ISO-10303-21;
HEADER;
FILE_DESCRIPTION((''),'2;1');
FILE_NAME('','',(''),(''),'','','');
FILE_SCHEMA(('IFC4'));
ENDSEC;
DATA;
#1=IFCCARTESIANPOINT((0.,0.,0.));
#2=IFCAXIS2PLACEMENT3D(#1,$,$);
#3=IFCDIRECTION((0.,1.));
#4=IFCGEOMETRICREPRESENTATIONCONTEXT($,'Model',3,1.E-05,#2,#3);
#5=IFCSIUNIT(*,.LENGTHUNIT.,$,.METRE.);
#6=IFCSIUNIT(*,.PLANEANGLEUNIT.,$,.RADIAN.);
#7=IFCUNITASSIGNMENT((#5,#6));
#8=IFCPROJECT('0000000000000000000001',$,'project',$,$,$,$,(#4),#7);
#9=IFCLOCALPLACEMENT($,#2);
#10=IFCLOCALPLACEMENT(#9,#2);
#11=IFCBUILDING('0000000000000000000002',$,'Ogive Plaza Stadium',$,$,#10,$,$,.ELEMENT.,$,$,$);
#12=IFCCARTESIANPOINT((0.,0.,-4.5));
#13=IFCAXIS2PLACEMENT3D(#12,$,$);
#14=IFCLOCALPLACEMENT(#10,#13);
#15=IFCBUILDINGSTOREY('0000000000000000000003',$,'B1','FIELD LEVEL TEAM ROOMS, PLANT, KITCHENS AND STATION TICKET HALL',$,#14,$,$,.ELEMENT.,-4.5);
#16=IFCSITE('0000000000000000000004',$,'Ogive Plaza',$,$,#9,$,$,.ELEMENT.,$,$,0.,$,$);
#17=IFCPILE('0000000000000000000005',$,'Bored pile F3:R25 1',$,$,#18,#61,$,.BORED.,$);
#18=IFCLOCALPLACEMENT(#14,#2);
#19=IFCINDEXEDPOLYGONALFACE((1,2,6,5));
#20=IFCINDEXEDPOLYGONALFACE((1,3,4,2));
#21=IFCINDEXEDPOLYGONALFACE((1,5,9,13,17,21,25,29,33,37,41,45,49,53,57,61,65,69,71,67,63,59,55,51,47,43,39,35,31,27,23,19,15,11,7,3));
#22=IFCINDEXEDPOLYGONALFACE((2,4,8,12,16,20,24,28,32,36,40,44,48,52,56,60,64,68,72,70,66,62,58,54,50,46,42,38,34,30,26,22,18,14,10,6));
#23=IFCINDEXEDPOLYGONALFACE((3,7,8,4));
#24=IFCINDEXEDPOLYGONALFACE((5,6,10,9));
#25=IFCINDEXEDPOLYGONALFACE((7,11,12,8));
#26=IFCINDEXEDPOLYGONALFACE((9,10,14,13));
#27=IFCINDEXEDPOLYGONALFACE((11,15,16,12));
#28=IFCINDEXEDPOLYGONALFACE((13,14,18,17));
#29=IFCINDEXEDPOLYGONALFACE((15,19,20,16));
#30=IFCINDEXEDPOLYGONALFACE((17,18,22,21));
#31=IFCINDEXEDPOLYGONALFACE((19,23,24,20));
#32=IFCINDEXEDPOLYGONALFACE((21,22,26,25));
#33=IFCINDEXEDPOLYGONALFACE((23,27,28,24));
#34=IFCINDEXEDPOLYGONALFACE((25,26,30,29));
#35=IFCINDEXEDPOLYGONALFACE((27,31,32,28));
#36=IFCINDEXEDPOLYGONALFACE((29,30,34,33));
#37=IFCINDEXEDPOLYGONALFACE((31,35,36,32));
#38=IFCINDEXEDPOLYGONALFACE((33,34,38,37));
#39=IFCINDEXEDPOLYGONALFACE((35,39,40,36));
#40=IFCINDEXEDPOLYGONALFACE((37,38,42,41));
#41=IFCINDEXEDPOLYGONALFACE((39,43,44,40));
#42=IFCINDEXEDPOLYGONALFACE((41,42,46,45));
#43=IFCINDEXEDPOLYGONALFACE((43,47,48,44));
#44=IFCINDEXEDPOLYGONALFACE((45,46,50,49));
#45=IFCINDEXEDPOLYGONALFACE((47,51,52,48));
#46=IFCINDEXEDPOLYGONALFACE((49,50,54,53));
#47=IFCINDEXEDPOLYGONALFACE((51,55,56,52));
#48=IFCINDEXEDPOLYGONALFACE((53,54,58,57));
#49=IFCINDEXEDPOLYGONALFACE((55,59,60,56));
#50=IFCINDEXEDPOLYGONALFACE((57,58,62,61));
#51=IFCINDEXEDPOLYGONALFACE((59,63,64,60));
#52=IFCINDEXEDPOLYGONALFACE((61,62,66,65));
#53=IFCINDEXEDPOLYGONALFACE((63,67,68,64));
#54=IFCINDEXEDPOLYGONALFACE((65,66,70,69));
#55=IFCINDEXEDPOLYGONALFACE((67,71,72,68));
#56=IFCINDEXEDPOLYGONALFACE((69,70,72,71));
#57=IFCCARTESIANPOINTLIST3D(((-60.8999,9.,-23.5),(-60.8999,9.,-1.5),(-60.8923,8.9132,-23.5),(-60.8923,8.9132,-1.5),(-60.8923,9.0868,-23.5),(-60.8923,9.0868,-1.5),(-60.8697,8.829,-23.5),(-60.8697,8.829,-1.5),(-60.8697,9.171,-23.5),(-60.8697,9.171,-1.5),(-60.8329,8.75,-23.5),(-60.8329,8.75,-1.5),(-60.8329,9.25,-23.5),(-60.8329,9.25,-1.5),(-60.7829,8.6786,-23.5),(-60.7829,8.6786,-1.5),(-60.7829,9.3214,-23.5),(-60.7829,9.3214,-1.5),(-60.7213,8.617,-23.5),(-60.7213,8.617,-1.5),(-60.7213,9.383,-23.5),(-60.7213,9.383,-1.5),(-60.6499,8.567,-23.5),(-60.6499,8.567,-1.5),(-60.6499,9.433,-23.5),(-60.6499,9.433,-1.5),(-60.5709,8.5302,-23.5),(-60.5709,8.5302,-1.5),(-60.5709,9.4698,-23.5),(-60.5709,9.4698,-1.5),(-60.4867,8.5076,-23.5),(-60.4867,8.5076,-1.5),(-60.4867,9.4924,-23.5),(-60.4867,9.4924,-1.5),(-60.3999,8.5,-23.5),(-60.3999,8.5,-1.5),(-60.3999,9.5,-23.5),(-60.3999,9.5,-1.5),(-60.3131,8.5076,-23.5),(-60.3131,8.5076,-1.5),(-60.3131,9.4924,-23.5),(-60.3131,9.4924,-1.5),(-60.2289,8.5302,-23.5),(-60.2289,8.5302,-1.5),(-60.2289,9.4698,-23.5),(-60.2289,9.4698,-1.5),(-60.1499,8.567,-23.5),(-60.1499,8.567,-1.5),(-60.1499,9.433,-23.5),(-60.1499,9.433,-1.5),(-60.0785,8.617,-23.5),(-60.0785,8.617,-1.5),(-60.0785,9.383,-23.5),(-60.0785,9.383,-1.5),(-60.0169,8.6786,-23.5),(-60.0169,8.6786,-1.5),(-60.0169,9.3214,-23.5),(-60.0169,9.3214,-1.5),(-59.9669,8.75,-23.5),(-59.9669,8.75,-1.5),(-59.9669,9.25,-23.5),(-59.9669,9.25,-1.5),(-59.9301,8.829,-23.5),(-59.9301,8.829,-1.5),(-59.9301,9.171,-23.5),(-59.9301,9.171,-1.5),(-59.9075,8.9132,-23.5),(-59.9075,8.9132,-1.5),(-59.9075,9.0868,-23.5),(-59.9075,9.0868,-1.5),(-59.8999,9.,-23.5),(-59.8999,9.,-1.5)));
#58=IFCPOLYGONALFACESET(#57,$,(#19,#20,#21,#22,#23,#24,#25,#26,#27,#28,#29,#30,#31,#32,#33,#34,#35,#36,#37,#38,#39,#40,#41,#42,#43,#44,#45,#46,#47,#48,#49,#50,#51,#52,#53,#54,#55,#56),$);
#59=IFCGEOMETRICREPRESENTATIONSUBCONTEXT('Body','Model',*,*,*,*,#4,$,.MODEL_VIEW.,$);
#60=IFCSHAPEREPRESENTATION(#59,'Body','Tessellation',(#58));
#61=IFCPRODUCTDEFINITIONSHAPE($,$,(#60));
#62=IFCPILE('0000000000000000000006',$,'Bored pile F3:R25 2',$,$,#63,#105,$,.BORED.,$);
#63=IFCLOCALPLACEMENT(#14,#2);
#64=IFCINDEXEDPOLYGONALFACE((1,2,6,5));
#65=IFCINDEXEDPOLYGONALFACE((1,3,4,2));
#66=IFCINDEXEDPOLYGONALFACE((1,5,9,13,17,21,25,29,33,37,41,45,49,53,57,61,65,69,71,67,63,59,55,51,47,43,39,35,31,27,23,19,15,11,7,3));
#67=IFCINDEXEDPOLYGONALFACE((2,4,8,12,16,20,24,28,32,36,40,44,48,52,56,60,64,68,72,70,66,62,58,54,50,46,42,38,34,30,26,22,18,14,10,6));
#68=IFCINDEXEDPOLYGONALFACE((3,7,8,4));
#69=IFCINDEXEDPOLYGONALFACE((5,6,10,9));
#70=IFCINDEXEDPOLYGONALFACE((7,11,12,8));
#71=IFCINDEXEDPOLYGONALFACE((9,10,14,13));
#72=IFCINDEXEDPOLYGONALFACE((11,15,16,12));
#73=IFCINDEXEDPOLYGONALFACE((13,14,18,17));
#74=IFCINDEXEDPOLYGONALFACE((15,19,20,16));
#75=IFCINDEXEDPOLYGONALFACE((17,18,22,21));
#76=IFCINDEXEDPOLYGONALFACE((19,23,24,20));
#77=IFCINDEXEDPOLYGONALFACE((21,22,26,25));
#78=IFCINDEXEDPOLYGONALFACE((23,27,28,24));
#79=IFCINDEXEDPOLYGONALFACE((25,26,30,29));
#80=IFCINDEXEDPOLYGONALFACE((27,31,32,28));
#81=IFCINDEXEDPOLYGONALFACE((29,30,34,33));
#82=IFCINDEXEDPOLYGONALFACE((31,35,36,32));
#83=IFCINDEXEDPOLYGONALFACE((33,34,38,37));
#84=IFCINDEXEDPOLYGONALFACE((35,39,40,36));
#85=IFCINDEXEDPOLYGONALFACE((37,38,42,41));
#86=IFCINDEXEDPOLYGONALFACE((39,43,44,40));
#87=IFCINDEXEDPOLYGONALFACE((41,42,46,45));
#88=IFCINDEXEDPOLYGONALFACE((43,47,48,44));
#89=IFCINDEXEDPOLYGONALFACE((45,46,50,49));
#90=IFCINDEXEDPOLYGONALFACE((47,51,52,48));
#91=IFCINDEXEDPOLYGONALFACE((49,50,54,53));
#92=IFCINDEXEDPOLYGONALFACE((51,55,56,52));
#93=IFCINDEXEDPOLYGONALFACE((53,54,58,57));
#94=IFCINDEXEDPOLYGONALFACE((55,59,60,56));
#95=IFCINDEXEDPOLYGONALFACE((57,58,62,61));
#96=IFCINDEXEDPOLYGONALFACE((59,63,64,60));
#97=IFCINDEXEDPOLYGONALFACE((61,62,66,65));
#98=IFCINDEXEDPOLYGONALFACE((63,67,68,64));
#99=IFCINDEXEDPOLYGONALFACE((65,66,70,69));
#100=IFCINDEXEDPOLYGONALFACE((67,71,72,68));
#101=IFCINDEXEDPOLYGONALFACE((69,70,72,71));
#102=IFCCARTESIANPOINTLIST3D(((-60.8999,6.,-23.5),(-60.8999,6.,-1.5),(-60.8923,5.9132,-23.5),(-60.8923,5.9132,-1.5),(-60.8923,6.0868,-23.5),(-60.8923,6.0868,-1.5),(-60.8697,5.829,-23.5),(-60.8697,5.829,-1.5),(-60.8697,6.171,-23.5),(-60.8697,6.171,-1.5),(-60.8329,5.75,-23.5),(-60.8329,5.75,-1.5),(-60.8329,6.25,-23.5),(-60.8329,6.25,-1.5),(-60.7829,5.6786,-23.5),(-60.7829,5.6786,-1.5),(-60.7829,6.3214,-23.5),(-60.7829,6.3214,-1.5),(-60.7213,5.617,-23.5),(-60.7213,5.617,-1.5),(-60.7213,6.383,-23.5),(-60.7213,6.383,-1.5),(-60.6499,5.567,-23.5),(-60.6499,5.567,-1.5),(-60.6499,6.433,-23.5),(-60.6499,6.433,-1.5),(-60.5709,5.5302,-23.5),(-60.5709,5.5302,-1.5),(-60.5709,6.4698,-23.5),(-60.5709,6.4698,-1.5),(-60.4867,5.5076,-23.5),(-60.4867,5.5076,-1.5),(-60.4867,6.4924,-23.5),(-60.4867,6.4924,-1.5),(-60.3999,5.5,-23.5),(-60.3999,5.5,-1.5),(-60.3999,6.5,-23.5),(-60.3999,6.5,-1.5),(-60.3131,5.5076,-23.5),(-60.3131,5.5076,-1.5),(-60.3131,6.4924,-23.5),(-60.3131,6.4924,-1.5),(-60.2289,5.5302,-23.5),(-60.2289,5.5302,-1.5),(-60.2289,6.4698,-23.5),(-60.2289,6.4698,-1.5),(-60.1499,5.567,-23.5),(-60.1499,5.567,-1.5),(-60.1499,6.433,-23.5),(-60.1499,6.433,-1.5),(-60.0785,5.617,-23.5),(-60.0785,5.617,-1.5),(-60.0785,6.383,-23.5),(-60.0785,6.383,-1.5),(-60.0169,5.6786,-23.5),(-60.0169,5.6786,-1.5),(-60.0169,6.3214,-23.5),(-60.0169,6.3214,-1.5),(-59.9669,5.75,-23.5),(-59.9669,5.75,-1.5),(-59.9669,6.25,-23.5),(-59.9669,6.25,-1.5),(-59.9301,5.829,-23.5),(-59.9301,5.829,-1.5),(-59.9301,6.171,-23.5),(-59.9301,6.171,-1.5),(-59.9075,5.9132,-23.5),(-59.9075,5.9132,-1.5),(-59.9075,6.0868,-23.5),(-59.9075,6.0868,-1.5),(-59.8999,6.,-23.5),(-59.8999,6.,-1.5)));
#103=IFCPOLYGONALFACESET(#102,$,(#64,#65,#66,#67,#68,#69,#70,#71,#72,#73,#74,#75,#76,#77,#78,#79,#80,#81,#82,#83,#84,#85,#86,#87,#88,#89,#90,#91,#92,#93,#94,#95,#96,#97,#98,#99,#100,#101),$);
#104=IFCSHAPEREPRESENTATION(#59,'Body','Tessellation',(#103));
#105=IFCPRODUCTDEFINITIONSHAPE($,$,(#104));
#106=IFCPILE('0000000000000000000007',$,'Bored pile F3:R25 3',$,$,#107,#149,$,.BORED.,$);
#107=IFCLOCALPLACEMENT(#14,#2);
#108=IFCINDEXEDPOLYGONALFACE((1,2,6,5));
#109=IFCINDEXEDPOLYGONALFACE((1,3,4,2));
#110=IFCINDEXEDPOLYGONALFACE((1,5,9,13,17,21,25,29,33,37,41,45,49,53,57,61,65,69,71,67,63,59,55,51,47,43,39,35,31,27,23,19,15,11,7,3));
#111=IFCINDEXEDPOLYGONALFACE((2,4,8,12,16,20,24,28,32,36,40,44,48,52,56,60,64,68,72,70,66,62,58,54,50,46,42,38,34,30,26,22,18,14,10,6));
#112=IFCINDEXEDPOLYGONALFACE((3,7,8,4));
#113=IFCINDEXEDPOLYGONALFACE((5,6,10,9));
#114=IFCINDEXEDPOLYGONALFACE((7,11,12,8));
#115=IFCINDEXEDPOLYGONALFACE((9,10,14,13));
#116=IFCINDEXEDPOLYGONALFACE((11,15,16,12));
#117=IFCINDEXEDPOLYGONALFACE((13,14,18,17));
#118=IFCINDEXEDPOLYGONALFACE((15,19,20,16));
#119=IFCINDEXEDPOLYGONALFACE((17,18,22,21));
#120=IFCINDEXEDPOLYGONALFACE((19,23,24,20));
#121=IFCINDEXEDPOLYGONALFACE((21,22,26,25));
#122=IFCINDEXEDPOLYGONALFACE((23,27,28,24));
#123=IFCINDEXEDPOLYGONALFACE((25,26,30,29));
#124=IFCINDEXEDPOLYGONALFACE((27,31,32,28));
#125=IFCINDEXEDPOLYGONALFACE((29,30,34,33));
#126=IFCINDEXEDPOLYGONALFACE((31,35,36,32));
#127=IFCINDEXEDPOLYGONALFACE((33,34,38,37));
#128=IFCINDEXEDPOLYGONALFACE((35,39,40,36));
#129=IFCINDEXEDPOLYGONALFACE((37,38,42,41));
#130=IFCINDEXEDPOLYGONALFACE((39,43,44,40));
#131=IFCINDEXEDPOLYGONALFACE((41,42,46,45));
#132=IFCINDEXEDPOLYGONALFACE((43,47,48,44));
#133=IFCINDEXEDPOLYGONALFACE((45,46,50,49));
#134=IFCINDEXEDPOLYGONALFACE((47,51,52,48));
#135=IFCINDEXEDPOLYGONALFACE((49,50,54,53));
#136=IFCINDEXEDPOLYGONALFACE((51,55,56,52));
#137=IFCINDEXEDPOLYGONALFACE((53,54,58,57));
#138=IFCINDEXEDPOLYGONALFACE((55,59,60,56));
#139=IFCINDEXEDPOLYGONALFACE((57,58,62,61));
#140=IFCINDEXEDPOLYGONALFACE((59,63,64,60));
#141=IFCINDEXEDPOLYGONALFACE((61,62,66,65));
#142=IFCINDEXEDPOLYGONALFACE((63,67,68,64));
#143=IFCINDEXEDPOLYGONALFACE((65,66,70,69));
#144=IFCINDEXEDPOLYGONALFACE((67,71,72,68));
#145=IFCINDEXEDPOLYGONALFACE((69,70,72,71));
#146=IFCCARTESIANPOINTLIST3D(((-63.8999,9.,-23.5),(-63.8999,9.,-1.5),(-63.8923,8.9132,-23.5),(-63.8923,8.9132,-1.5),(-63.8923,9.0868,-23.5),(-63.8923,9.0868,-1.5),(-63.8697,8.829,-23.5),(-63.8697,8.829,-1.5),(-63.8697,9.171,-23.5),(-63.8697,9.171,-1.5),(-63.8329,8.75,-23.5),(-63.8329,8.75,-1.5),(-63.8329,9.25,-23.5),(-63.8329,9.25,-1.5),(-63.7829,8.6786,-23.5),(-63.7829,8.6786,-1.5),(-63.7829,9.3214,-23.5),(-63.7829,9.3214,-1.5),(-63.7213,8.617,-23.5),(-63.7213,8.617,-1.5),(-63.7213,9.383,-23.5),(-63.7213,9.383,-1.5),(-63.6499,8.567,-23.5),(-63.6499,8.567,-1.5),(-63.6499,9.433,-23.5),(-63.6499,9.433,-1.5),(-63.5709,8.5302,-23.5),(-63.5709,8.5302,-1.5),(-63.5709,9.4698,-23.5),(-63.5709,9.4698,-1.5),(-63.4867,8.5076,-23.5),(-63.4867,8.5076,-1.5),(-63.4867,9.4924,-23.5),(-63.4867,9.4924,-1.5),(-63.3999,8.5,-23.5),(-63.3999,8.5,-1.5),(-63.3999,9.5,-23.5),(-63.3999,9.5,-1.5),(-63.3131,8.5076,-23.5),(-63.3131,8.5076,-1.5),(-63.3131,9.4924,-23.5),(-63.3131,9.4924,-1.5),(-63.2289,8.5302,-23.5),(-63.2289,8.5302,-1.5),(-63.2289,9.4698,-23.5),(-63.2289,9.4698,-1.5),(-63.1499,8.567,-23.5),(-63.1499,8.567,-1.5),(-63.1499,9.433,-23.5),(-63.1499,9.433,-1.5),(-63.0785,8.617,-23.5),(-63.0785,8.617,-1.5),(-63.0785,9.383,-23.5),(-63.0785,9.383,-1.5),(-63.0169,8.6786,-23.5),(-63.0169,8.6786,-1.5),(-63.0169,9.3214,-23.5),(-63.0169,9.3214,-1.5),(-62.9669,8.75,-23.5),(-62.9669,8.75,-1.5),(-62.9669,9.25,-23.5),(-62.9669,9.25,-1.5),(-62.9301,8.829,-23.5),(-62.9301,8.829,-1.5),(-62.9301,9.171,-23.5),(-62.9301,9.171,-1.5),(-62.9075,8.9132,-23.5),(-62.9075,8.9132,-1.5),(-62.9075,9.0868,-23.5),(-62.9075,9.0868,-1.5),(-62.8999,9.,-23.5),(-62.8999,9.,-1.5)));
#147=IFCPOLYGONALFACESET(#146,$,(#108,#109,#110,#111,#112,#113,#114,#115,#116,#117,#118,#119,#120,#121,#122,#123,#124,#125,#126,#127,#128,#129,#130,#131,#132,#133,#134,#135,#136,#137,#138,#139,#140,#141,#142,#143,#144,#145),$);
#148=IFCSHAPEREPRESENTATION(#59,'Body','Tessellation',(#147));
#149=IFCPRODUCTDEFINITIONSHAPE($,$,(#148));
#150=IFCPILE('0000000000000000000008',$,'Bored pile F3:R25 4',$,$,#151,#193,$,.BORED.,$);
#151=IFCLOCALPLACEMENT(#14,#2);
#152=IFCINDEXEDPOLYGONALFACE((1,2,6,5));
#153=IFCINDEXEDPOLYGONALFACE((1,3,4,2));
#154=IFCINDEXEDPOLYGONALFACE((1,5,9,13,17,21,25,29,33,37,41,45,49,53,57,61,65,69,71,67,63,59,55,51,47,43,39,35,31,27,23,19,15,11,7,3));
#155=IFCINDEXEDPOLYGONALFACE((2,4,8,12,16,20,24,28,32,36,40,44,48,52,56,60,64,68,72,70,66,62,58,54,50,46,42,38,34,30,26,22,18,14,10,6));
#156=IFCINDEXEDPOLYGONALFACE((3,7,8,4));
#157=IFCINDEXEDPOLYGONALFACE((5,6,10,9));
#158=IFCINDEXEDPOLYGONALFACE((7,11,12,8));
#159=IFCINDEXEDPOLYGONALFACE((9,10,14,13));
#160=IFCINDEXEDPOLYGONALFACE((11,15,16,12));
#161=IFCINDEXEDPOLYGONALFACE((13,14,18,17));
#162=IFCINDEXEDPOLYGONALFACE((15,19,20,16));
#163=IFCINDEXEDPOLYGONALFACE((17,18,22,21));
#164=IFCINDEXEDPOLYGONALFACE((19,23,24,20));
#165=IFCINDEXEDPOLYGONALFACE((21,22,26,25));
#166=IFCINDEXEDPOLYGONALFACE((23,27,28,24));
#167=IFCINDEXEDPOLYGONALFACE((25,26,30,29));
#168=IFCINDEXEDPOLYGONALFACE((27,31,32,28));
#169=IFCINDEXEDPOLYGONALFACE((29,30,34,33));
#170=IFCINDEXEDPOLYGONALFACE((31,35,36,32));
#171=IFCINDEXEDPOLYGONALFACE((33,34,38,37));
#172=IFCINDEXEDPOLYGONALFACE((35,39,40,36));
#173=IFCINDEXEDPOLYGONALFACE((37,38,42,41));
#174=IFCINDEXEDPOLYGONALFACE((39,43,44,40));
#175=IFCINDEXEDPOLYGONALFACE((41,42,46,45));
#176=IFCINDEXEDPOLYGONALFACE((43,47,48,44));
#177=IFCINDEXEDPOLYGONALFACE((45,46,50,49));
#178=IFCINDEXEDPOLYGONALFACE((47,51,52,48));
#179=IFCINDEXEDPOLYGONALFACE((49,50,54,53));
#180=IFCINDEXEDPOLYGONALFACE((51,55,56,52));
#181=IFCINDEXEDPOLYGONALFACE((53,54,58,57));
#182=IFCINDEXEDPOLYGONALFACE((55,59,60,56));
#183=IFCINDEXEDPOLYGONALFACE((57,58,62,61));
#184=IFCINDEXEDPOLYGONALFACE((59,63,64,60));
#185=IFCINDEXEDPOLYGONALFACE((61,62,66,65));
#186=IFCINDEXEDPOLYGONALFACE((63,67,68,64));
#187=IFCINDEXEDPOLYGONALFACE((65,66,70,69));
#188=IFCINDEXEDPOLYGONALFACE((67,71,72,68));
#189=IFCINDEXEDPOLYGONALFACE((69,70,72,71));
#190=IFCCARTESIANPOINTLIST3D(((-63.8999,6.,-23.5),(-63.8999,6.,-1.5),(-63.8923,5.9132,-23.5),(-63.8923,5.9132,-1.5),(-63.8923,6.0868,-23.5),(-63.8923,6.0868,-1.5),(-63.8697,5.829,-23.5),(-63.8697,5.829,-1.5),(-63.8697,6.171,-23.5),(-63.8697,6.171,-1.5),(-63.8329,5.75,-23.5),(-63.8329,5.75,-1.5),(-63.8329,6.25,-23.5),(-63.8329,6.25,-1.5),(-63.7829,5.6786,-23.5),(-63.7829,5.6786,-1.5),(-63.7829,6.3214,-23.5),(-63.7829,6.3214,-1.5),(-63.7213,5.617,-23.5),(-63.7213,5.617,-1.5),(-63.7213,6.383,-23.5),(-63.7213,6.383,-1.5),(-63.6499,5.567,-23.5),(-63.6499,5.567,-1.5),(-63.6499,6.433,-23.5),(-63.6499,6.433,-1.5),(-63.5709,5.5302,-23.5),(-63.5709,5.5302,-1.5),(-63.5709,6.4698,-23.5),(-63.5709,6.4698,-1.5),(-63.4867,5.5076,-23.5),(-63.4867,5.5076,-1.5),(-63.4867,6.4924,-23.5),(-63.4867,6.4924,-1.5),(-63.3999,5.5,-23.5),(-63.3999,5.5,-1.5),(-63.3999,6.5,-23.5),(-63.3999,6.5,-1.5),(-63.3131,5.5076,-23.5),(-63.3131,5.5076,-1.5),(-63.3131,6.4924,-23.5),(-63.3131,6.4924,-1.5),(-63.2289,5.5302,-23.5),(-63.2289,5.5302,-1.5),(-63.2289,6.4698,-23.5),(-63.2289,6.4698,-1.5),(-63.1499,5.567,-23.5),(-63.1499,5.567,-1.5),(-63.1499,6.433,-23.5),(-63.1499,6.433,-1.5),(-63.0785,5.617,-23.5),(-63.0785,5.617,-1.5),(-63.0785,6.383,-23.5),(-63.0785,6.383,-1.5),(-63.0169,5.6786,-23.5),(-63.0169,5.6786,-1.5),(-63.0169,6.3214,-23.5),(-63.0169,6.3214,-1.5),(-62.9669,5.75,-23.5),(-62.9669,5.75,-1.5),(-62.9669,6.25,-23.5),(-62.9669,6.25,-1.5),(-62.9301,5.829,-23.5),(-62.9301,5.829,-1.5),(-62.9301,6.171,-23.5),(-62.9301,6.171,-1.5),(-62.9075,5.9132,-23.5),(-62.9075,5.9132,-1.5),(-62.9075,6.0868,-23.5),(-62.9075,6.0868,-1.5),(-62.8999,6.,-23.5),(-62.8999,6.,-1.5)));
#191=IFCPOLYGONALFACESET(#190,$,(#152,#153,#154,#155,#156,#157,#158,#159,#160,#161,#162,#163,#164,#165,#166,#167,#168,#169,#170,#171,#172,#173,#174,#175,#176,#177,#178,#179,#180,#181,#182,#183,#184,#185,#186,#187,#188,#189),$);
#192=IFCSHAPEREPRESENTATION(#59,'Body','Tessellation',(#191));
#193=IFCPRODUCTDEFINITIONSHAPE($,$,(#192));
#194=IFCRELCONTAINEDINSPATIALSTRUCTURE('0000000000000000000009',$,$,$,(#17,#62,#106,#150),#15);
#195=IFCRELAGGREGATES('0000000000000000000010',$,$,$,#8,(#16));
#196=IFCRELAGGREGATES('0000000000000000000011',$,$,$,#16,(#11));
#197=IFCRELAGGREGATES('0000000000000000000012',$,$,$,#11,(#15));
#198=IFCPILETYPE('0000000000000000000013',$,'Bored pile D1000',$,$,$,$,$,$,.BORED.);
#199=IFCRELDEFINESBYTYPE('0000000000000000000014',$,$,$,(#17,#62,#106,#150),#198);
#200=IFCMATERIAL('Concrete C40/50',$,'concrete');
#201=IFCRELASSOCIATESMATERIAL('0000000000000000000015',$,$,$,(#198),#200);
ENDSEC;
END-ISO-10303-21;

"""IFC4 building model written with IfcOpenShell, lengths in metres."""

from ifc_helpers import new_model, si_unit, direction, frame, origin, origin_2d, place, context, subcontext, project, spatial, circle, extrude, material, material_profile, profile_set, type_object, element, save


model = new_model("IFC4")

# Units and contexts
model_context = context("Model", 3, precision=1e-05, world=origin(), true_north=direction((0.0, 1.0)))
body_context = subcontext(model_context, "Body", "Model", "MODEL_VIEW")
ifc_project = project(units=[si_unit("LENGTHUNIT", "METRE"), si_unit("PLANEANGLEUNIT", "RADIAN")], contexts=[model_context])

# Site, building, storey
site_placement = place(None, origin())
site = spatial("IfcSite", under=ifc_project, at=site_placement, Name="Ogive Plaza", CompositionType="ELEMENT", RefElevation=0.0)
building_placement = place(site_placement, origin())
building = spatial("IfcBuilding", under=site, at=building_placement, Name="Ogive Plaza Stadium", CompositionType="ELEMENT")
storey_placement = place(building_placement, frame((0.0, 0.0, -4.5)))
storey = spatial("IfcBuildingStorey", under=building, at=storey_placement, Name="B1", Description="FIELD LEVEL TEAM ROOMS, PLANT, KITCHENS AND STATION TICKET HALL", CompositionType="ELEMENT", Elevation=-4.5)

# Piles
ifc_material_1 = material(Name="Concrete C40/50", Category="concrete")
ifc_material_profile_1 = material_profile(ifc_material_1, circle(Radius=0.5, at=origin_2d()), Name="RC D1000")
ifc_profile_set_1 = profile_set([ifc_material_profile_1], Name="Concrete C40/50")
pile_type_1 = type_object("IfcPileType", Name="Bored pile D1000", PredefinedType="BORED", material=ifc_profile_set_1)
for number, where, z_axis, x_axis, name in (
    (1, (-60.3999, 9.0, -1.5), (0.0, 0.0, -1.0), (1.0, 0.0, 0.0), "Bored pile F3:R25 1"),
    (2, (-60.3999, 6.0, -1.5), (0.0, 0.0, -1.0), (1.0, 0.0, 0.0), "Bored pile F3:R25 2"),
    (3, (-63.3999, 9.0, -1.5), (0.0, 0.0, -1.0), (1.0, 0.0, 0.0), "Bored pile F3:R25 3"),
    (4, (-63.3999, 6.0, -1.5), (0.0, 0.0, -1.0), (1.0, 0.0, 0.0), "Bored pile F3:R25 4"),
):
    element("IfcPile", number, at=place(storey_placement, frame(where, z_axis=z_axis, x_axis=x_axis)), inside=storey, type_object=pile_type_1, Name=name, PredefinedType="BORED", context=body_context, shape_type="SweptSolid", body=[
        extrude(circle(Radius=0.5, at=origin_2d()), origin(), (0.0, 0.0, 1.0), 22.0),
    ])

save(model, "model.ifc")
